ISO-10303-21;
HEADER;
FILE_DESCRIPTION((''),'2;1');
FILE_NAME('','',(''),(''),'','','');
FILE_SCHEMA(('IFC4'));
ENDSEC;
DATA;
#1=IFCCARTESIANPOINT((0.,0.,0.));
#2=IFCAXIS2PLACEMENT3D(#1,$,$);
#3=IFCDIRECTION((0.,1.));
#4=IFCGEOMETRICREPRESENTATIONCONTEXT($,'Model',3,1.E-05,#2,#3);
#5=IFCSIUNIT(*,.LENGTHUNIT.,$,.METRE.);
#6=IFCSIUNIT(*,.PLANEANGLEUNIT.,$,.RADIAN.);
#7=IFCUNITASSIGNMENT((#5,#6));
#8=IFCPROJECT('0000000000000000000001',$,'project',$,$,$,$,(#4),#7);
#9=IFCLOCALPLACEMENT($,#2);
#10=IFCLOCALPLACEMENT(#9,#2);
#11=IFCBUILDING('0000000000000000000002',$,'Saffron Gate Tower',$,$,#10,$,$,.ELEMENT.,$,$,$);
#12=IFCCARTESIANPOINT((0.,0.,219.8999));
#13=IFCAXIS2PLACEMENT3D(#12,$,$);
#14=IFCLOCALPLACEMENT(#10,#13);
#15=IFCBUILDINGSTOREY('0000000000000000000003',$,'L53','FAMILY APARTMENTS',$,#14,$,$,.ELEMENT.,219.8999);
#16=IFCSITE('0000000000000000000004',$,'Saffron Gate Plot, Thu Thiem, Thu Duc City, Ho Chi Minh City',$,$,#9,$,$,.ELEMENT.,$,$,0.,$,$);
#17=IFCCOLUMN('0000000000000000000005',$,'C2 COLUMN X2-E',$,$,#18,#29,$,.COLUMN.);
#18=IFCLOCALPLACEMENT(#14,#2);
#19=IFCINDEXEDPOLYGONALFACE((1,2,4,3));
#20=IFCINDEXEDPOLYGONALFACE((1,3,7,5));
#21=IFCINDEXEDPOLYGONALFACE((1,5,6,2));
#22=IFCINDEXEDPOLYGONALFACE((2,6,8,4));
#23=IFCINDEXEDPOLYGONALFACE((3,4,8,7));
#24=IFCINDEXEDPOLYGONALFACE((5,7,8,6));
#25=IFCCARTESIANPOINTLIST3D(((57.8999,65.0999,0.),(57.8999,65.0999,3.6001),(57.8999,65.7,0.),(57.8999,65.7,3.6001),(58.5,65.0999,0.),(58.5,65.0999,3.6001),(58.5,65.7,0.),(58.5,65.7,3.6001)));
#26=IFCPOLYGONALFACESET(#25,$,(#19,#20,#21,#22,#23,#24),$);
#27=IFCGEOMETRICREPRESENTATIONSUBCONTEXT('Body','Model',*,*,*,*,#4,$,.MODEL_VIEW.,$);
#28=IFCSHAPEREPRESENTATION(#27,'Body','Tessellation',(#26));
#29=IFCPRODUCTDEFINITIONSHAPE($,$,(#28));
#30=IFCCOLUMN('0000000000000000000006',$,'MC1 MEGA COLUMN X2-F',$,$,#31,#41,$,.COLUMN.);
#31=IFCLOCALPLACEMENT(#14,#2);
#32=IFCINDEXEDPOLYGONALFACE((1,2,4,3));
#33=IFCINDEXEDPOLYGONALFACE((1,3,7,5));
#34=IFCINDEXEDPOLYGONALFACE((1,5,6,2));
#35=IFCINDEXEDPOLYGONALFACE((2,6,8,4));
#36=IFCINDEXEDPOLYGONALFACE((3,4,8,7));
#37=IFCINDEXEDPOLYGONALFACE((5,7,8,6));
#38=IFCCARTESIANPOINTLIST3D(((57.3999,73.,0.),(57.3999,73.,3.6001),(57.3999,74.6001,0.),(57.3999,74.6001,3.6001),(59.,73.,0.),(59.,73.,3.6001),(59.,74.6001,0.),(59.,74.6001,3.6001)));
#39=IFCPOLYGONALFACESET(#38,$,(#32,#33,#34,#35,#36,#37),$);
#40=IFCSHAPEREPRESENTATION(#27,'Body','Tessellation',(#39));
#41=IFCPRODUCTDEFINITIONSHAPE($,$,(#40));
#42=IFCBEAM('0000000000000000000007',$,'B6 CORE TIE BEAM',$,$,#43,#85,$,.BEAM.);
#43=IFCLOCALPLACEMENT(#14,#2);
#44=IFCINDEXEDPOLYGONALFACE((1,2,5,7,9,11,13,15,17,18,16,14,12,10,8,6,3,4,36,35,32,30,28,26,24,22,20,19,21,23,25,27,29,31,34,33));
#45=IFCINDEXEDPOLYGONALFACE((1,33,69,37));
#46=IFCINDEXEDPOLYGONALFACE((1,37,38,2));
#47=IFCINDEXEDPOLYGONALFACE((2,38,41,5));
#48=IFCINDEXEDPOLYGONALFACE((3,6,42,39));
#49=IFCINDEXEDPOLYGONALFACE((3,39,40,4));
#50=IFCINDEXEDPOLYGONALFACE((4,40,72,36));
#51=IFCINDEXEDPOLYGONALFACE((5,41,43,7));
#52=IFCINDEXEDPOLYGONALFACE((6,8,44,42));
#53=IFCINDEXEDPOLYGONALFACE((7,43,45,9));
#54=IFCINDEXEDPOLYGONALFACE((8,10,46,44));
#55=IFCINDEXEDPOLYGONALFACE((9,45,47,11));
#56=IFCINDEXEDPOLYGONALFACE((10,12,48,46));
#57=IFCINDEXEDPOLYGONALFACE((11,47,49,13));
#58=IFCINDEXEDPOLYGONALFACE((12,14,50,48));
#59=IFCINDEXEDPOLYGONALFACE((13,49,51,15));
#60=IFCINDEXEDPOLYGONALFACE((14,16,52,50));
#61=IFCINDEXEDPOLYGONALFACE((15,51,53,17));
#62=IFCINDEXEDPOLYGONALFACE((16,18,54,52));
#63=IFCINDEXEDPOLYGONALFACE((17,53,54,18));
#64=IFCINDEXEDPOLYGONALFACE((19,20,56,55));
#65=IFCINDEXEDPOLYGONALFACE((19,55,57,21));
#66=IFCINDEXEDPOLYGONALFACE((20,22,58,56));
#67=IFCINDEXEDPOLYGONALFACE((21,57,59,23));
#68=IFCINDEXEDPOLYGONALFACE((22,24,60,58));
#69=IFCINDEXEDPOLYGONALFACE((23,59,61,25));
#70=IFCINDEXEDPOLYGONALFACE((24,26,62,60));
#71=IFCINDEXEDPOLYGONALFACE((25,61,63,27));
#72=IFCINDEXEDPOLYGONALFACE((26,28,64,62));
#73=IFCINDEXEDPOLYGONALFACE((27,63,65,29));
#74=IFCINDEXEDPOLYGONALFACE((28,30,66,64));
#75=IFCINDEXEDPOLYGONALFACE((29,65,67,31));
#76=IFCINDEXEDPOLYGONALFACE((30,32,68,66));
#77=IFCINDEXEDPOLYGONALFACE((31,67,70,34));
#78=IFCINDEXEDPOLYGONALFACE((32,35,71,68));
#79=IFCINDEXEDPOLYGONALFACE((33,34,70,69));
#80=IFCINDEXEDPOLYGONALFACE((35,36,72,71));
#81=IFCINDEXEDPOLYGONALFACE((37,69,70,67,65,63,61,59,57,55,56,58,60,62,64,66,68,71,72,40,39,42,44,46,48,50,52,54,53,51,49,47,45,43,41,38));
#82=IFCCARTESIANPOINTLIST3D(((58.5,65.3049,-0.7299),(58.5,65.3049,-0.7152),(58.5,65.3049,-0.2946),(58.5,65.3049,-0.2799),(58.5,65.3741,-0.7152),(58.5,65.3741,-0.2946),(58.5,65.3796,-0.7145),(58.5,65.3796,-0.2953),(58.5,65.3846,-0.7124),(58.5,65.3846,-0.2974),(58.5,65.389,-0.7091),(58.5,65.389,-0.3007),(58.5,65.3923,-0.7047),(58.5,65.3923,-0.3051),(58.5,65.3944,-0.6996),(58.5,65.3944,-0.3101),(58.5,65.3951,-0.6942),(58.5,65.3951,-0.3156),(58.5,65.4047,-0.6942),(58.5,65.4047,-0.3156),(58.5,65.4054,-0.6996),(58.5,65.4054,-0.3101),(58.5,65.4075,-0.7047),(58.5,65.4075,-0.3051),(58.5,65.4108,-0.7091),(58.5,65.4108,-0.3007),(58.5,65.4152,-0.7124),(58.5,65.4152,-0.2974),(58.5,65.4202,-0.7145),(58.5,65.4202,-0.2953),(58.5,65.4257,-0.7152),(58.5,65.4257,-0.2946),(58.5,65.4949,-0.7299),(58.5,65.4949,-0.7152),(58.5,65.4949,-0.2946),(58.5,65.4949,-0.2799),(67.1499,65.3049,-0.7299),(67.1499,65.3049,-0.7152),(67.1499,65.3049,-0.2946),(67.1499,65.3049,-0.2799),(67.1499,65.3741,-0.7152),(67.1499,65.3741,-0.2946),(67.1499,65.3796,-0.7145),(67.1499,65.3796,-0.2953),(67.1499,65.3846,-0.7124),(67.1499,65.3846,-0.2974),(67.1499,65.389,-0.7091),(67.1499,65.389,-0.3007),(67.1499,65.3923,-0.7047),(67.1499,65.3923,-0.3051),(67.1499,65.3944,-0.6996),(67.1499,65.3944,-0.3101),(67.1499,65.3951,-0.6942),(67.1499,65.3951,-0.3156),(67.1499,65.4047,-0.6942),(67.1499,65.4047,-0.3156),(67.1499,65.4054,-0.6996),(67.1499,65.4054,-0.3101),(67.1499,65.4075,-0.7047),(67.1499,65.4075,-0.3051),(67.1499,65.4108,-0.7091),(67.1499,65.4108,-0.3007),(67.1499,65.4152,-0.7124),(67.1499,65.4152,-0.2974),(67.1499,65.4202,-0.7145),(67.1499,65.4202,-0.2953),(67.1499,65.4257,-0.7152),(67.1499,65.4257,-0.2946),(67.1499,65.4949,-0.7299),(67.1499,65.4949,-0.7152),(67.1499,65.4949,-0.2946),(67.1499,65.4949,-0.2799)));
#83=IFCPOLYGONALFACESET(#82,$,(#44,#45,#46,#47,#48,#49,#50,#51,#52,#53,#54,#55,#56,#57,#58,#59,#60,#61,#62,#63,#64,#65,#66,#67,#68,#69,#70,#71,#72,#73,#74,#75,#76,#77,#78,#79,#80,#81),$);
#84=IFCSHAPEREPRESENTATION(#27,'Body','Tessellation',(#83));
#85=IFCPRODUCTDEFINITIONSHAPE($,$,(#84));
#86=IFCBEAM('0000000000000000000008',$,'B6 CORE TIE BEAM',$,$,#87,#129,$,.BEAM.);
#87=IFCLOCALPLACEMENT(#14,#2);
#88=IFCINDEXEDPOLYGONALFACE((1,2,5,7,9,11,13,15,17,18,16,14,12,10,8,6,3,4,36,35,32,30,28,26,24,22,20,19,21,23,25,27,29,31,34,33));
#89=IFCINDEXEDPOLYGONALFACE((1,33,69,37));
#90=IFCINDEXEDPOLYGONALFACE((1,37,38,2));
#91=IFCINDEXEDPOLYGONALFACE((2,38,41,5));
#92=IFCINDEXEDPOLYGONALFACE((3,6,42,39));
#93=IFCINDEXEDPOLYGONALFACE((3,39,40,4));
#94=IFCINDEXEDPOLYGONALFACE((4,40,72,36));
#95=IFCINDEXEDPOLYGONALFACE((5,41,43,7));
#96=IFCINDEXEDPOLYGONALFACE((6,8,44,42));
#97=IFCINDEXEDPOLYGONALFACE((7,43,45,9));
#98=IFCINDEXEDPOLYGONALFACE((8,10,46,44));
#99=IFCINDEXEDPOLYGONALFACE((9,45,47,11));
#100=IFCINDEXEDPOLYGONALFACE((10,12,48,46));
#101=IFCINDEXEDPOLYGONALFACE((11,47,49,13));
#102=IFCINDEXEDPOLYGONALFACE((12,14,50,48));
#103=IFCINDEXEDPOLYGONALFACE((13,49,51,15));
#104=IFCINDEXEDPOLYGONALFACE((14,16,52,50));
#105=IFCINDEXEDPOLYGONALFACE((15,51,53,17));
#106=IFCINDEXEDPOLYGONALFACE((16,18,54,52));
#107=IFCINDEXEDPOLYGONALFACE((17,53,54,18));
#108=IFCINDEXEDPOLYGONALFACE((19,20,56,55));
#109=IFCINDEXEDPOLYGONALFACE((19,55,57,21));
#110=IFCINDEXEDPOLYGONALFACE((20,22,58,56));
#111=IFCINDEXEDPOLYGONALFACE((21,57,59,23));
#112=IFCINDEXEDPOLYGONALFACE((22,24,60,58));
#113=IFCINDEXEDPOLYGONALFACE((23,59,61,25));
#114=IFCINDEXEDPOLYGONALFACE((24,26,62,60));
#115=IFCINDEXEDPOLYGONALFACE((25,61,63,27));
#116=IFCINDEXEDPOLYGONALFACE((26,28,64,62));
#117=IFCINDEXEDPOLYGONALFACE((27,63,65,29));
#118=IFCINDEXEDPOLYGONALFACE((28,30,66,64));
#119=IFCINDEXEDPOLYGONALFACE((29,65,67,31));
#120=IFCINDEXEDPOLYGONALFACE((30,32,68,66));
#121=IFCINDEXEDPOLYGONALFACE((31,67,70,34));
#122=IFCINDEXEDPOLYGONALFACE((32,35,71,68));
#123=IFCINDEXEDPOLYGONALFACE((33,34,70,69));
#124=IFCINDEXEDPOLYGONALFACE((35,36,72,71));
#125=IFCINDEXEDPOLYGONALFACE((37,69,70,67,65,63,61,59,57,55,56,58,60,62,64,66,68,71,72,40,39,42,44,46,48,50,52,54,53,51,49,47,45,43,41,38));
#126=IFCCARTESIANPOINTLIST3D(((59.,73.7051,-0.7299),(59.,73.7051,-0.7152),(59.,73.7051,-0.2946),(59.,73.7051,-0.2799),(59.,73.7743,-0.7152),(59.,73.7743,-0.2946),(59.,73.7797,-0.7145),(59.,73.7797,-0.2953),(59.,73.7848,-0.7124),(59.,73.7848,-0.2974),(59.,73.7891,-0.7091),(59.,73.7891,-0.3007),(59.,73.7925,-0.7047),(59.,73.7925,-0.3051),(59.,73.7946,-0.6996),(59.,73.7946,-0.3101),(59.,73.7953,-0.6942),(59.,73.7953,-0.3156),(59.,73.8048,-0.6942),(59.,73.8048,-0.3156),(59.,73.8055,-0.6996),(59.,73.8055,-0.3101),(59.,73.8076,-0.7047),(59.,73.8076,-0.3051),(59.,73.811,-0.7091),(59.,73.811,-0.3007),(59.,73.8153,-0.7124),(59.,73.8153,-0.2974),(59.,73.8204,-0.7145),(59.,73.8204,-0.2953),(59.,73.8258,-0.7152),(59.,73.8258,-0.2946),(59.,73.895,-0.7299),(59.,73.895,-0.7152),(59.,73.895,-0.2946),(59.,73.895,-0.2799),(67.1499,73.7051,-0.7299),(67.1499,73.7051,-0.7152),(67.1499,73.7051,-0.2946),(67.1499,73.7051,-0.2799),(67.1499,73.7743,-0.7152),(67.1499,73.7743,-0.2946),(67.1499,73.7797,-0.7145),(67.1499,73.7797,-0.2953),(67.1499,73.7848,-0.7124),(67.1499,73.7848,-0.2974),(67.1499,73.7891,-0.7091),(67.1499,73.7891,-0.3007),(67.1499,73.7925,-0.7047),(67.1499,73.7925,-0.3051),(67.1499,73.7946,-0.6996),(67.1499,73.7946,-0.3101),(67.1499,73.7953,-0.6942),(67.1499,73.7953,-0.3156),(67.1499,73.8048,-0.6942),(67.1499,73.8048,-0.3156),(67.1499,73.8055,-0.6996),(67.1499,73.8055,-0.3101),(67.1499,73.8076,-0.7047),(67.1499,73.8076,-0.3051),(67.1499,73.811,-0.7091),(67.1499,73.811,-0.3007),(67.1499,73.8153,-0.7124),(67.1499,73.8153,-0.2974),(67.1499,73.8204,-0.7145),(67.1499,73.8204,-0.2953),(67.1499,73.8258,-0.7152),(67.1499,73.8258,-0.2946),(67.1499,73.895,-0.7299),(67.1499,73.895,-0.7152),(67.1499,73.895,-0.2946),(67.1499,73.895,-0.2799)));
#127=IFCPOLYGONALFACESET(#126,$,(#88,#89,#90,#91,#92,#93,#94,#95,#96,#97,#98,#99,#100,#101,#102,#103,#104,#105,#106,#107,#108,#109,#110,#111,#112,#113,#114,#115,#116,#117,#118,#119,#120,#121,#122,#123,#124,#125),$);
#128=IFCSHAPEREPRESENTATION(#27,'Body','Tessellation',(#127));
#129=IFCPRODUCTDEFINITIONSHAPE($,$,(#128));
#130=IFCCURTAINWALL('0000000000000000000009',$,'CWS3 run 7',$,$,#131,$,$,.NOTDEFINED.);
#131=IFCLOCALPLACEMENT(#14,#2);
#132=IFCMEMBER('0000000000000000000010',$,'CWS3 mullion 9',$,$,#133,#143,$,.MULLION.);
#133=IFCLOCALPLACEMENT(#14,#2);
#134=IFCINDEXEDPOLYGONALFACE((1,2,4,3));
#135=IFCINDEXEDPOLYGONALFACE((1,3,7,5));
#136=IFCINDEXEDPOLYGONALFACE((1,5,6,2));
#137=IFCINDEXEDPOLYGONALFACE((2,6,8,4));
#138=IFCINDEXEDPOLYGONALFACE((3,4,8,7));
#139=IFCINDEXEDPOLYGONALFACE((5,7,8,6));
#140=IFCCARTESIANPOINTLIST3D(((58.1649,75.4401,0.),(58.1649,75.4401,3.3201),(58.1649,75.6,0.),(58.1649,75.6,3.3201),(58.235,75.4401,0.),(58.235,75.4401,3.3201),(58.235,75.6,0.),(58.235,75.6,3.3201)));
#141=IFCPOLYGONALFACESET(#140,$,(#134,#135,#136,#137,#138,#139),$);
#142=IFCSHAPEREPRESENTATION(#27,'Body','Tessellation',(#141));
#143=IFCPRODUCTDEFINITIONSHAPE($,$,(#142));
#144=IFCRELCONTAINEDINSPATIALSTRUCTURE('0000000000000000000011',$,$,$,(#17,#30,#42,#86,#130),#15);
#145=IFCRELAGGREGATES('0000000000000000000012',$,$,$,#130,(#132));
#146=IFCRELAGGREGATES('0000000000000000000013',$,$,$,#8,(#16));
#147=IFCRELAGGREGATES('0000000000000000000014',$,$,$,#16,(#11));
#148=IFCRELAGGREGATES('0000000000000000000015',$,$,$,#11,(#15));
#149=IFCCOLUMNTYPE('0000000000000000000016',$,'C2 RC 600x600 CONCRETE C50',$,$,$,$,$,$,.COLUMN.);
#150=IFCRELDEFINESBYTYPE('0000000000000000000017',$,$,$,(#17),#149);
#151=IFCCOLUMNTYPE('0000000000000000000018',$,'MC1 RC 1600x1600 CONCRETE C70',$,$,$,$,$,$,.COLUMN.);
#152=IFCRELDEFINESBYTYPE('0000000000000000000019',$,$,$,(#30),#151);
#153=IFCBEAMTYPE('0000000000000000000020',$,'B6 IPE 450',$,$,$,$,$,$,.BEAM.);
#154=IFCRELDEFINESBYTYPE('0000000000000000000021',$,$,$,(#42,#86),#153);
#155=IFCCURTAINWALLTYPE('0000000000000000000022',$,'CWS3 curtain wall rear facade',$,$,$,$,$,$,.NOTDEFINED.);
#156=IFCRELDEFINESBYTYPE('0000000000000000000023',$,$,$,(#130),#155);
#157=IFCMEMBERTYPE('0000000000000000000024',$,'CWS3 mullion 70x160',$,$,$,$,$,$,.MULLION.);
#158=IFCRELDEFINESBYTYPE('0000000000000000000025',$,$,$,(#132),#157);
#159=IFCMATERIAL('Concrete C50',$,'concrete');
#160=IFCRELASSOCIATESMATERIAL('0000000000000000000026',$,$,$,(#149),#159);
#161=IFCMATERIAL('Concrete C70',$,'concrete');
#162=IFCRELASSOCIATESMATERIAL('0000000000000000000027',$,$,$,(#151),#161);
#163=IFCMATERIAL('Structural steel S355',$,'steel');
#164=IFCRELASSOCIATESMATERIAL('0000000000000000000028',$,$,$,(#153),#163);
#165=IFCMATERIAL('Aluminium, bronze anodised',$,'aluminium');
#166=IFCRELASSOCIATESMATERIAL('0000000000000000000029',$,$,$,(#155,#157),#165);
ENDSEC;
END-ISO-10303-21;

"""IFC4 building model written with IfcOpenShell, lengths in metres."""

from ifc_helpers import new_model, si_unit, direction, frame, origin, origin_2d, place, context, subcontext, project, spatial, rectangle, i_section, extrude, material, material_profile, profile_set, type_object, element, aggregate, save


model = new_model("IFC4")

# Units and contexts
model_context = context("Model", 3, precision=1e-05, world=origin(), true_north=direction((0.0, 1.0)))
body_context = subcontext(model_context, "Body", "Model", "MODEL_VIEW")
ifc_project = project(units=[si_unit("LENGTHUNIT", "METRE"), si_unit("PLANEANGLEUNIT", "RADIAN")], contexts=[model_context])

# Site, building, storey
site_placement = place(None, origin())
site = spatial("IfcSite", under=ifc_project, at=site_placement, Name="Saffron Gate Plot, Thu Thiem, Thu Duc City, Ho Chi Minh City", CompositionType="ELEMENT", RefElevation=0.0)
building_placement = place(site_placement, origin())
building = spatial("IfcBuilding", under=site, at=building_placement, Name="Saffron Gate Tower", CompositionType="ELEMENT")
storey_placement = place(building_placement, frame((0.0, 0.0, 219.8999)))
storey = spatial("IfcBuildingStorey", under=building, at=storey_placement, Name="L53", Description="FAMILY APARTMENTS", CompositionType="ELEMENT", Elevation=219.8999)

# Columns
ifc_material_1 = material(Name="Concrete C50", Category="concrete")
ifc_material_profile_1 = material_profile(ifc_material_1, rectangle(XDim=0.6001, YDim=0.6001, at=origin_2d()))
ifc_profile_set_1 = profile_set([ifc_material_profile_1], Name="Concrete C50")
column_type_1 = type_object("IfcColumnType", Name="C2 RC 600x600 CONCRETE C50", PredefinedType="COLUMN", material=ifc_profile_set_1)
column_1_placement = place(storey_placement, frame((58.2, 65.3999, 0.0), z_axis=(0.0, 0.0, 1.0), x_axis=(1.0, 0.0, 0.0)))
element("IfcColumn", 1, at=column_1_placement, inside=storey, type_object=column_type_1, Name="C2 COLUMN X2-E", PredefinedType="COLUMN", context=body_context, shape_type="SweptSolid", body=[
    extrude(rectangle(XDim=0.6001, YDim=0.6001, at=origin_2d()), origin(), (0.0, 0.0, 1.0), 3.6001),
])
ifc_material_2 = material(Name="Concrete C70", Category="concrete")
ifc_material_profile_2 = material_profile(ifc_material_2, rectangle(XDim=1.6001, YDim=1.6001, at=origin_2d()))
ifc_profile_set_2 = profile_set([ifc_material_profile_2], Name="Concrete C70")
column_type_2 = type_object("IfcColumnType", Name="MC1 RC 1600x1600 CONCRETE C70", PredefinedType="COLUMN", material=ifc_profile_set_2)
column_2_placement = place(storey_placement, frame((58.2, 73.8, 0.0), z_axis=(0.0, 0.0, 1.0), x_axis=(1.0, 0.0, 0.0)))
element("IfcColumn", 2, at=column_2_placement, inside=storey, type_object=column_type_2, Name="MC1 MEGA COLUMN X2-F", PredefinedType="COLUMN", context=body_context, shape_type="SweptSolid", body=[
    extrude(rectangle(XDim=1.6001, YDim=1.6001, at=origin_2d()), origin(), (0.0, 0.0, 1.0), 3.6001),
])

# Beams
ifc_material_3 = material(Name="Structural steel S355", Category="steel")
ifc_material_profile_3 = material_profile(ifc_material_3, i_section(OverallWidth=0.1899, OverallDepth=0.45, WebThickness=0.0095, FlangeThickness=0.0146, FilletRadius=0.021, at=origin_2d()))
ifc_profile_set_3 = profile_set([ifc_material_profile_3], Name="Structural steel S355")
beam_type = type_object("IfcBeamType", Name="B6 IPE 450", PredefinedType="BEAM", material=ifc_profile_set_3)
beam_1_placement = place(storey_placement, frame((58.5, 65.3999, -0.5049), z_axis=(1.0, 0.0, 0.0), x_axis=(0.0, 1.0, 0.0)))
element("IfcBeam", 3, at=beam_1_placement, inside=storey, type_object=beam_type, Name="B6 CORE TIE BEAM", PredefinedType="BEAM", context=body_context, shape_type="SweptSolid", body=[
    extrude(i_section(OverallWidth=0.1899, OverallDepth=0.45, WebThickness=0.0095, FlangeThickness=0.0146, FilletRadius=0.021, at=origin_2d()), origin(), (0.0, 0.0, 1.0), 8.6499),
])
beam_2_placement = place(storey_placement, frame((59.0, 73.8, -0.5049), z_axis=(1.0, 0.0, 0.0), x_axis=(0.0, 1.0, 0.0)))
element("IfcBeam", 4, at=beam_2_placement, inside=storey, type_object=beam_type, Name="B6 CORE TIE BEAM", PredefinedType="BEAM", context=body_context, shape_type="SweptSolid", body=[
    extrude(i_section(OverallWidth=0.1899, OverallDepth=0.45, WebThickness=0.0095, FlangeThickness=0.0146, FilletRadius=0.021, at=origin_2d()), origin(), (0.0, 0.0, 1.0), 8.1499),
])

# Curtain wall, member
ifc_material_4 = material(Name="Aluminium, bronze anodised", Category="aluminium")
curtain_wall_type = type_object("IfcCurtainWallType", Name="CWS3 curtain wall rear facade", PredefinedType="NOTDEFINED", material=ifc_material_4)
curtain_wall_placement = place(storey_placement, origin())
curtain_wall = element("IfcCurtainWall", 5, at=curtain_wall_placement, inside=storey, type_object=curtain_wall_type, Name="CWS3 run 7", PredefinedType="NOTDEFINED")
ifc_material_profile_4 = material_profile(ifc_material_4, rectangle(XDim=0.1599, YDim=0.0701, at=origin_2d()))
ifc_profile_set_4 = profile_set([ifc_material_profile_4], Name="Aluminium, bronze anodised")
member_type = type_object("IfcMemberType", Name="CWS3 mullion 70x160", PredefinedType="MULLION", material=ifc_profile_set_4)
member_placement = place(storey_placement, frame((58.2, 75.52, 0.0), z_axis=(0.0, 0.0, 1.0), x_axis=(0.0, -1.0, 0.0)))
member = element("IfcMember", 6, at=member_placement, type_object=member_type, Name="CWS3 mullion 9", PredefinedType="MULLION", context=body_context, shape_type="SweptSolid", body=[
    extrude(rectangle(XDim=0.1599, YDim=0.0701, at=origin_2d()), origin(), (0.0, 0.0, 1.0), 3.3201),
])
aggregate(curtain_wall, [member])

save(model, "model.ifc")
